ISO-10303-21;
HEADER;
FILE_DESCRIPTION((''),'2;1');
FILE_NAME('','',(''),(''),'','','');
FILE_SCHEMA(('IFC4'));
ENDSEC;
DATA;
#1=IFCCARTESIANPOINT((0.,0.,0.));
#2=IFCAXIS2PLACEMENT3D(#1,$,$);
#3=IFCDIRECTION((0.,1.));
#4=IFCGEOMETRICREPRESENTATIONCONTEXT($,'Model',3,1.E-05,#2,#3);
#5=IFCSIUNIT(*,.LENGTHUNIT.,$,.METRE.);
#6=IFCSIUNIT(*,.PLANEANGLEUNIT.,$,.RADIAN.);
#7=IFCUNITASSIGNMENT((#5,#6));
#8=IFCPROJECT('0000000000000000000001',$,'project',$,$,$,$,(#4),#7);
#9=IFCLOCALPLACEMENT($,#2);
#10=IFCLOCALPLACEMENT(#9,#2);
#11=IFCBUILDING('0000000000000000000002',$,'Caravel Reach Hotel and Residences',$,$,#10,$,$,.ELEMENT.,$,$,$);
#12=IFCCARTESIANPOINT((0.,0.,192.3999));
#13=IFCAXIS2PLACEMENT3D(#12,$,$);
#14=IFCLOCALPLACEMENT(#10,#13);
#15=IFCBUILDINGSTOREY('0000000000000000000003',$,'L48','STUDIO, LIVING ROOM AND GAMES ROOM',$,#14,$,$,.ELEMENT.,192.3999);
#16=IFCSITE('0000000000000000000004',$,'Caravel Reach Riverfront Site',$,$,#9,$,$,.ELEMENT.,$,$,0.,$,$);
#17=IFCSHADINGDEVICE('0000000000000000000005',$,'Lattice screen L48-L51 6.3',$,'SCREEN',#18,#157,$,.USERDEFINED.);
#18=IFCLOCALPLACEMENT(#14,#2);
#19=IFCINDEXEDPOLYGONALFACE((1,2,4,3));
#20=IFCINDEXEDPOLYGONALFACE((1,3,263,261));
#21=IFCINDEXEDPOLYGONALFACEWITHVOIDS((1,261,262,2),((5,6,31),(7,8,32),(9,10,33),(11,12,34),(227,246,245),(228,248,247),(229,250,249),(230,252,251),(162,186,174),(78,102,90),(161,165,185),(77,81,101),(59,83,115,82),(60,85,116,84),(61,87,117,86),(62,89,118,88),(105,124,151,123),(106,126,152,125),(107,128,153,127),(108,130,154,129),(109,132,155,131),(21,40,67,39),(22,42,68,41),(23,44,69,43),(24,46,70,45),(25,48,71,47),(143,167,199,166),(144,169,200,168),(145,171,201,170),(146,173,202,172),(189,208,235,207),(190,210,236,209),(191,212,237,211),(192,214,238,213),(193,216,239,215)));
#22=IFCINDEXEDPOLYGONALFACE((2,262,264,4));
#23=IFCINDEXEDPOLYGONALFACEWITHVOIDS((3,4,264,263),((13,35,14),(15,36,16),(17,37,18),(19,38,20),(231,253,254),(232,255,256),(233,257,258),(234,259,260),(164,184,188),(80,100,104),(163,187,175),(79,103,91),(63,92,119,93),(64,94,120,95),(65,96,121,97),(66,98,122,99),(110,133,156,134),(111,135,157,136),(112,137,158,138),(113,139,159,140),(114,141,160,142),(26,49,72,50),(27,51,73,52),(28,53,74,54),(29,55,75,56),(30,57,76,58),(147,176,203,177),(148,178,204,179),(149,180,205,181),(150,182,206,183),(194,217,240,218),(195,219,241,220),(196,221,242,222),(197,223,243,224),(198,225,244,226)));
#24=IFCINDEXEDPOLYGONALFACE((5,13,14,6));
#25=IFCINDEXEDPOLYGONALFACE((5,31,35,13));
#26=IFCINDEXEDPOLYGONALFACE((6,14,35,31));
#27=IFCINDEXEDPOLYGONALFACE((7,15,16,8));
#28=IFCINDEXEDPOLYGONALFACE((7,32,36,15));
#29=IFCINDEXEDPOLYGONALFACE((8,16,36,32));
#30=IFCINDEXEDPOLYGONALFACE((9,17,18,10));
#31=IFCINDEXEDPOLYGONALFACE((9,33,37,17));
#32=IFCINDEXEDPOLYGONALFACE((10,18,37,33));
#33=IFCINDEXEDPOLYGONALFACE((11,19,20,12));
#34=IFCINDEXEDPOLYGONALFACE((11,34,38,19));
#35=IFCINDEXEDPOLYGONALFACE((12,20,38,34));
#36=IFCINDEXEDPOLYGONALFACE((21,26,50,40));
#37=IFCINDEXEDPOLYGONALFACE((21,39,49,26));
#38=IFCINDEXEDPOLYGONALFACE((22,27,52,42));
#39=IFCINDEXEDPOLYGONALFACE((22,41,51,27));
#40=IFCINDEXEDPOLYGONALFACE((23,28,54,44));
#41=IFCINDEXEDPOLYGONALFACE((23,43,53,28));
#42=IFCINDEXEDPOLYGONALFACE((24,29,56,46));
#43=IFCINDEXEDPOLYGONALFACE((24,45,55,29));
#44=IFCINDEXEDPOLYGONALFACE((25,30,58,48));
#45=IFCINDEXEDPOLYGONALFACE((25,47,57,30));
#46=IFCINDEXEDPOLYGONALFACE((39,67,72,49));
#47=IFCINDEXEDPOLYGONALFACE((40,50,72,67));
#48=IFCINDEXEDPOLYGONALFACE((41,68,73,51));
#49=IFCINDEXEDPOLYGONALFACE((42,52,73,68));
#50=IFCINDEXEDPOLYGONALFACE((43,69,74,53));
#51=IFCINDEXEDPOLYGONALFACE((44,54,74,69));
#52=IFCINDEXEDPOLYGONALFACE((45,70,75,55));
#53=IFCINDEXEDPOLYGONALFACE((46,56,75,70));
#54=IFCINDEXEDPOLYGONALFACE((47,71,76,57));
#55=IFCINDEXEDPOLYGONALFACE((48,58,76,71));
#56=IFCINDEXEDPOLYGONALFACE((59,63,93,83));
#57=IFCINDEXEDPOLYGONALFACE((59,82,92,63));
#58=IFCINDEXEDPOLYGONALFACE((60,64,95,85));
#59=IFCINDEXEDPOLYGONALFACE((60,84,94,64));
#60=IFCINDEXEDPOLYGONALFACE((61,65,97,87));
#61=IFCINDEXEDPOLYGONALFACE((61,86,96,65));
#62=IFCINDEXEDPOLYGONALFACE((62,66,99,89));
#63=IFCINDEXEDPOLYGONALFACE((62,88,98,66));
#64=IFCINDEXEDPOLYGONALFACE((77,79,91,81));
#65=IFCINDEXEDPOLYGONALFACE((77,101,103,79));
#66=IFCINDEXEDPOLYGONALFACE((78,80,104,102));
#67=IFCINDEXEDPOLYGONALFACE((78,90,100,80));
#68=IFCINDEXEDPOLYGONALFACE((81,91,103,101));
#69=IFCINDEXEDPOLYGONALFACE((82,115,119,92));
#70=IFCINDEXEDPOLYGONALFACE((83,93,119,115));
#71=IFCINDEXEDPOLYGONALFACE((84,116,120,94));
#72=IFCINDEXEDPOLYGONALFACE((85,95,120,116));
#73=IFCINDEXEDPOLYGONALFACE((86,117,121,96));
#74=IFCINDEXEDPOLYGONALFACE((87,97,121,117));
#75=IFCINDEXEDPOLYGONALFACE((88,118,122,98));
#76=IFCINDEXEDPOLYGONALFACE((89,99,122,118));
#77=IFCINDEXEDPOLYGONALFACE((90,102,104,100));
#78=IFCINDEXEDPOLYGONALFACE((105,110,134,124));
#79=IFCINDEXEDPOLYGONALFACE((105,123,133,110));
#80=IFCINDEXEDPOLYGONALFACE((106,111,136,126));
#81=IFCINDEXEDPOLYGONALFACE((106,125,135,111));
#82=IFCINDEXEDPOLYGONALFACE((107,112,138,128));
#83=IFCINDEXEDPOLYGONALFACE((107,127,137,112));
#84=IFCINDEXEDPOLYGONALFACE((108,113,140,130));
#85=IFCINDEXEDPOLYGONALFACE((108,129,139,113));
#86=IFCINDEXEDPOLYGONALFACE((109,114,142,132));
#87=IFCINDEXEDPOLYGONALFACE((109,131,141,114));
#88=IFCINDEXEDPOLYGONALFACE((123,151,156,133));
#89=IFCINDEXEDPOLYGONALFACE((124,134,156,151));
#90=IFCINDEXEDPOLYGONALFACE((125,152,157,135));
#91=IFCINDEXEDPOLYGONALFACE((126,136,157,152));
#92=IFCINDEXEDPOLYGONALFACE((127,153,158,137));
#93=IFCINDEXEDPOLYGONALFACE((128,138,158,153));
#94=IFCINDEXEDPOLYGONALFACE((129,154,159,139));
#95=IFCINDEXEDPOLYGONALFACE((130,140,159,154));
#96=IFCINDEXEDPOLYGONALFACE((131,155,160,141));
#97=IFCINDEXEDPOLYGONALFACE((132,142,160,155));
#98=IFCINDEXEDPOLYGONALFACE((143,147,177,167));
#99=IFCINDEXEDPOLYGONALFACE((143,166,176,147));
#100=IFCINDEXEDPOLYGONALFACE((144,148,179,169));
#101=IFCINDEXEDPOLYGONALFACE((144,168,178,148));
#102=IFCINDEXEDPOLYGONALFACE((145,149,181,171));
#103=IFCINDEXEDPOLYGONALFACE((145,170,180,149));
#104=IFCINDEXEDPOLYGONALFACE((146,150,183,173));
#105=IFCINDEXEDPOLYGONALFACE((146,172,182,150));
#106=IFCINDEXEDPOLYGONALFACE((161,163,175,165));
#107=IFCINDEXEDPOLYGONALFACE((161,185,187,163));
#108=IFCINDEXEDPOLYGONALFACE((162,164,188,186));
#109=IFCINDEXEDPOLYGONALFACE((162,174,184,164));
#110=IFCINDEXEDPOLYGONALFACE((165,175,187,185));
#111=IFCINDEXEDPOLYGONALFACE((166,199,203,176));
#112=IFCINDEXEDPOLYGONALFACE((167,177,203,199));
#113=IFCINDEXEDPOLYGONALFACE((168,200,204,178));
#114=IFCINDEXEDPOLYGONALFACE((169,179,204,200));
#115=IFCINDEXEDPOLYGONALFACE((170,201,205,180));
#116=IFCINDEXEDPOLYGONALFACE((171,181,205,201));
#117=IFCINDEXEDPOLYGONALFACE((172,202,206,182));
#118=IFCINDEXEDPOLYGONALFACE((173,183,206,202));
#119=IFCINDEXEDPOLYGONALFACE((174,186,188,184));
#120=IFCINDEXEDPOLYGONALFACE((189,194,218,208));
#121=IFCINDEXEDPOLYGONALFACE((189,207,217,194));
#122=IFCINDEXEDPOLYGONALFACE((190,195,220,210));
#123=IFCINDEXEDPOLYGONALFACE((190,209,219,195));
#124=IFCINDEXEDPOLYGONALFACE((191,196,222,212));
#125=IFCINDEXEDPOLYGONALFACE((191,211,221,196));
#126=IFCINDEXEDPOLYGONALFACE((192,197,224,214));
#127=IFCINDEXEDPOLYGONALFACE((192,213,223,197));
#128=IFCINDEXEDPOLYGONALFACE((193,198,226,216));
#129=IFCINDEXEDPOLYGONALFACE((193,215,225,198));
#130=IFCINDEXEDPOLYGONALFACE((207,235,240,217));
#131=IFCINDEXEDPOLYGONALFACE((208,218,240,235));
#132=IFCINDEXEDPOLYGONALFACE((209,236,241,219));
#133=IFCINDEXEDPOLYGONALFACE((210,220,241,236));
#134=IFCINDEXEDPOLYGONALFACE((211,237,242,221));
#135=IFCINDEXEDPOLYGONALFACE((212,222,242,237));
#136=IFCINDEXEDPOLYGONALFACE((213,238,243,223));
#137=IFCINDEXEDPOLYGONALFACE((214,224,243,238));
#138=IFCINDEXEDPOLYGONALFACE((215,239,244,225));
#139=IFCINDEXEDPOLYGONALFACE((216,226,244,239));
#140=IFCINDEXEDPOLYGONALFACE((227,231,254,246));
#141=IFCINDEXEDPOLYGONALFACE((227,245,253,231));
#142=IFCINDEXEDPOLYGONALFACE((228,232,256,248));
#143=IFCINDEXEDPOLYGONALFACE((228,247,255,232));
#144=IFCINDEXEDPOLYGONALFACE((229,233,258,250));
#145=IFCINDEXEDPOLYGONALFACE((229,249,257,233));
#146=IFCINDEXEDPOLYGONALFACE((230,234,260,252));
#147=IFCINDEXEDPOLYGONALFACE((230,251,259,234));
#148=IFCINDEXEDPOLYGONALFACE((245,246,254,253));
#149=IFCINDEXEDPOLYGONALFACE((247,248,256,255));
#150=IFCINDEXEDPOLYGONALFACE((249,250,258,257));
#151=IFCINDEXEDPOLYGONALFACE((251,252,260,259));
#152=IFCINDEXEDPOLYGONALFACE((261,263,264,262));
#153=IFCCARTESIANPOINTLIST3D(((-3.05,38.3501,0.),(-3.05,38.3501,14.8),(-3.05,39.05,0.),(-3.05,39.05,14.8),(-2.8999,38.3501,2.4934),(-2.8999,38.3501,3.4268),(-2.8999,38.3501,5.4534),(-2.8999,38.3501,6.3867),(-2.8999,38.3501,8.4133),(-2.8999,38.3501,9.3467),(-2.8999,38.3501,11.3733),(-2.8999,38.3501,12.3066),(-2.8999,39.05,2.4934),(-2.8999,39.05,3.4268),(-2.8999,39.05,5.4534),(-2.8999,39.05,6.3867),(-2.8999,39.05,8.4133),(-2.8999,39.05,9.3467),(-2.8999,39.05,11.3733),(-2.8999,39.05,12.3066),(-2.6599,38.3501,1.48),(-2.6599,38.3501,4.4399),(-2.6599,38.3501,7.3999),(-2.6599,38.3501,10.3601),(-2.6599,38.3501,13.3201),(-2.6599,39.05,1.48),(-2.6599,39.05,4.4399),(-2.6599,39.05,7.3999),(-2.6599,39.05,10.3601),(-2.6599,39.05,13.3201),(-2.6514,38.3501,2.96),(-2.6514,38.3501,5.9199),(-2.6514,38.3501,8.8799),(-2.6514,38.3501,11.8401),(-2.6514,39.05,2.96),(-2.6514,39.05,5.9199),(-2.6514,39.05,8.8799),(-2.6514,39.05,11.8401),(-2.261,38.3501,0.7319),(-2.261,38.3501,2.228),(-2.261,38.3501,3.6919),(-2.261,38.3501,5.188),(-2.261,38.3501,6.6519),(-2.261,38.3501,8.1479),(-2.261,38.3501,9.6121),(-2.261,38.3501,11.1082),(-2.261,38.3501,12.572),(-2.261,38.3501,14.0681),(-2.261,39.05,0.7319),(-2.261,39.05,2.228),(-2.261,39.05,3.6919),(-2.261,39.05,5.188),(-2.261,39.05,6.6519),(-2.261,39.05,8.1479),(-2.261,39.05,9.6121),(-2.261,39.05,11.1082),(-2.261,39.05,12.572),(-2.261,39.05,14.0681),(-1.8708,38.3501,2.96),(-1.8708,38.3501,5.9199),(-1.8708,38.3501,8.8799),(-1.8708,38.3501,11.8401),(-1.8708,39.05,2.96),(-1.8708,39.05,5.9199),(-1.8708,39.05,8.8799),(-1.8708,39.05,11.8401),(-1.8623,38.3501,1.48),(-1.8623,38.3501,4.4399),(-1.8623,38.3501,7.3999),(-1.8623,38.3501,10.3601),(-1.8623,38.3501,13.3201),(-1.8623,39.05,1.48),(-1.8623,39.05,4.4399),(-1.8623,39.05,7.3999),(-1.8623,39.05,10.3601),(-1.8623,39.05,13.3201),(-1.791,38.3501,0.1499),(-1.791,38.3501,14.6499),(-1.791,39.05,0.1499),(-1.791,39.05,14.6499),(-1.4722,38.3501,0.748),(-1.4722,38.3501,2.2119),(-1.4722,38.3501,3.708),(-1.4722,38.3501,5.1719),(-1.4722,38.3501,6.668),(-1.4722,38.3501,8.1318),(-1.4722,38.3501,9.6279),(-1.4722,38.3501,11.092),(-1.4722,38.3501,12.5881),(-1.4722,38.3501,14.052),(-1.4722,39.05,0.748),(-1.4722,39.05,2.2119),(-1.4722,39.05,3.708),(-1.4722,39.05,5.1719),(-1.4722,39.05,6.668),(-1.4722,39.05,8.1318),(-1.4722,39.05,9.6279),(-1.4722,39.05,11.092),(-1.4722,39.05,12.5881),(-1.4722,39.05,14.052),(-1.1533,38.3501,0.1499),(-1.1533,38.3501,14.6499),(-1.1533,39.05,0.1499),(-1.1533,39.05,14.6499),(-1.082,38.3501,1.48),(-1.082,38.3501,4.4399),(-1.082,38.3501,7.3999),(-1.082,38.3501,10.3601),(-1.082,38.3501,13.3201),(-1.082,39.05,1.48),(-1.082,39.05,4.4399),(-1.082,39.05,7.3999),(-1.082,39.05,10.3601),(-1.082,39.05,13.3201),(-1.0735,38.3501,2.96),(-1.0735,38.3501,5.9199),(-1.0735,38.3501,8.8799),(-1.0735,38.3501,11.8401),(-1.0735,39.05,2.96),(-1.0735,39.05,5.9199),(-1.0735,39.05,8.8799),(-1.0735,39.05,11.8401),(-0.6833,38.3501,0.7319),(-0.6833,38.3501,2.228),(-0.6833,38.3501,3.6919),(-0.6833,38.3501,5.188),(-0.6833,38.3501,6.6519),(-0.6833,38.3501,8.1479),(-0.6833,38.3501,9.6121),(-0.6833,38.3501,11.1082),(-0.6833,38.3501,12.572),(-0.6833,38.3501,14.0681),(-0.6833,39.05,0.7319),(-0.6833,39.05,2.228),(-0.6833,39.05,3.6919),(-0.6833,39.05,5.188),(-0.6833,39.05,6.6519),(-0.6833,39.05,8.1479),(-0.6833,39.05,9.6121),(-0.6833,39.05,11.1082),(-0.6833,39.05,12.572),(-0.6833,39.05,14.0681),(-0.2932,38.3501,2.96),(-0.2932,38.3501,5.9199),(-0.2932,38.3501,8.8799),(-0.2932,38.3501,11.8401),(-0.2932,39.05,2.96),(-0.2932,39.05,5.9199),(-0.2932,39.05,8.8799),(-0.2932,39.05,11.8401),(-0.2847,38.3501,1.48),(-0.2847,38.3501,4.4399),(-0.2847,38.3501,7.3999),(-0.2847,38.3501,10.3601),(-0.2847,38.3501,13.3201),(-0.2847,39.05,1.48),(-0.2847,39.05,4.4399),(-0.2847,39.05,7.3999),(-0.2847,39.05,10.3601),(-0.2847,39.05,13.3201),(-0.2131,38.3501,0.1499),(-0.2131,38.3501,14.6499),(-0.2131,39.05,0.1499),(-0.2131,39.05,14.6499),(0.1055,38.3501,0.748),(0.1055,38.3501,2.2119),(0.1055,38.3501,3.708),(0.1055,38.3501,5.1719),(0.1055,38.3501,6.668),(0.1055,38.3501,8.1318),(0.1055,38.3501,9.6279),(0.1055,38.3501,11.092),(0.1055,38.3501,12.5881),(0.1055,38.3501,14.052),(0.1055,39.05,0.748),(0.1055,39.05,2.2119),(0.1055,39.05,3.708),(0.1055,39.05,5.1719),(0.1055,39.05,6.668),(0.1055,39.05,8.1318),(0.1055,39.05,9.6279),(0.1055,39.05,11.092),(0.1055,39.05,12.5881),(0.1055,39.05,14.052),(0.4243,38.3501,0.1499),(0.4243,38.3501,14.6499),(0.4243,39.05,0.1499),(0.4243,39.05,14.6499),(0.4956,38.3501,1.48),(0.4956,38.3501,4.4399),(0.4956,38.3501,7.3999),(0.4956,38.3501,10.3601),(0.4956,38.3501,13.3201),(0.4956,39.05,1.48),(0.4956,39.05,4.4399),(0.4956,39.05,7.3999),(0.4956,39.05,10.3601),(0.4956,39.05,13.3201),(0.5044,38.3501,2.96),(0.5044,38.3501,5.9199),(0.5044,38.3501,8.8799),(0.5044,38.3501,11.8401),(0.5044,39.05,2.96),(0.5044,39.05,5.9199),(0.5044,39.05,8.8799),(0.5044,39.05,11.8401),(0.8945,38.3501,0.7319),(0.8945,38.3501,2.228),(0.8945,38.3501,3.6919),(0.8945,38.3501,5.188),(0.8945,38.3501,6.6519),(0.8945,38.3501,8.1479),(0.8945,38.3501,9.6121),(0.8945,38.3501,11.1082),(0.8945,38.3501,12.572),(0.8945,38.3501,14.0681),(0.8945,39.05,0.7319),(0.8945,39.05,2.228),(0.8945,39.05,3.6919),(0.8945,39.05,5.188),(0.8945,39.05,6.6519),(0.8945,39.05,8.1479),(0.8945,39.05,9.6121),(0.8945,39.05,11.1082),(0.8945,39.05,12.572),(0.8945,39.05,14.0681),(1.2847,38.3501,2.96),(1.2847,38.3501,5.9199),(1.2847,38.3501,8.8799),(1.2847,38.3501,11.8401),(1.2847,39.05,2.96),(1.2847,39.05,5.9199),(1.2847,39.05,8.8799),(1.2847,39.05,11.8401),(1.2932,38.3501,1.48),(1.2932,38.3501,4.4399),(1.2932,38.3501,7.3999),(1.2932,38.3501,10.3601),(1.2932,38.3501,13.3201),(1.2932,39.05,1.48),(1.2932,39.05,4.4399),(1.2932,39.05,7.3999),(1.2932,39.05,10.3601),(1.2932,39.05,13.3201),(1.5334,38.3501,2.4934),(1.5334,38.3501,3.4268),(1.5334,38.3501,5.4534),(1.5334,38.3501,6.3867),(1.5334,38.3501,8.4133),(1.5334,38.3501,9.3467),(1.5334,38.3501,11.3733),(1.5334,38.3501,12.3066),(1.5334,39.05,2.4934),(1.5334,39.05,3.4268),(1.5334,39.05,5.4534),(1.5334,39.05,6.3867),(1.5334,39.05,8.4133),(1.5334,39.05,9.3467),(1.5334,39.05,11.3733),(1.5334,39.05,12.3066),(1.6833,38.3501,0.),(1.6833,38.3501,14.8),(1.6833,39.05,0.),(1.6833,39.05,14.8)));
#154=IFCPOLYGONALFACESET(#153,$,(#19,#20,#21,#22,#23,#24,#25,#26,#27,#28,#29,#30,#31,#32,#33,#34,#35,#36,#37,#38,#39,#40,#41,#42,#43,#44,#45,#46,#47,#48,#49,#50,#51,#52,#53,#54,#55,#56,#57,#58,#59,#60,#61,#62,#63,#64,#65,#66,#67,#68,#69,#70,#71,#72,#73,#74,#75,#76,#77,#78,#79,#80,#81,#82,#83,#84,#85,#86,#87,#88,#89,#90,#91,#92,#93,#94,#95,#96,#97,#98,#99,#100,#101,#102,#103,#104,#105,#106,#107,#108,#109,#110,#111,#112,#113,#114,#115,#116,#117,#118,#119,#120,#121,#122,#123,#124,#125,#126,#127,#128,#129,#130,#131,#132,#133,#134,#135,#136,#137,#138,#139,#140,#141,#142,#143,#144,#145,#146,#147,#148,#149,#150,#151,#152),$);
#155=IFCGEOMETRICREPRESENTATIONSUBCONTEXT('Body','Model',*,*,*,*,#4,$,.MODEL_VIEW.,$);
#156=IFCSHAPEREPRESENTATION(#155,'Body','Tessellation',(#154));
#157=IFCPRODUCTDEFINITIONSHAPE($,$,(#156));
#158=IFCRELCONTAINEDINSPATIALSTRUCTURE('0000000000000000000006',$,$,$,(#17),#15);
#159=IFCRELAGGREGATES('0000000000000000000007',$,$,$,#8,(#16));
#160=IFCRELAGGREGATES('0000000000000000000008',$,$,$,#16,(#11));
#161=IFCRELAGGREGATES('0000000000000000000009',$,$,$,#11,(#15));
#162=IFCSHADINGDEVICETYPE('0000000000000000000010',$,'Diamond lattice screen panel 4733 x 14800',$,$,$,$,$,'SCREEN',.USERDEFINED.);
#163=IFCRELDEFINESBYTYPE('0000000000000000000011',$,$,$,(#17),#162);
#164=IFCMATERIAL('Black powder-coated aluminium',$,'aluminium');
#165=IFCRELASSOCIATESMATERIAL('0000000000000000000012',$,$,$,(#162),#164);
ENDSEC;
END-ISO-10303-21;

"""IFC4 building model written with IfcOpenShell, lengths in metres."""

from ifc_helpers import new_model, si_unit, direction, frame, origin, place, context, subcontext, project, spatial, polyline, outline, extrude, material, type_object, element, save


model = new_model("IFC4")

# Units and contexts
model_context = context("Model", 3, precision=1e-05, world=origin(), true_north=direction((0.0, 1.0)))
body_context = subcontext(model_context, "Body", "Model", "MODEL_VIEW")
ifc_project = project(units=[si_unit("LENGTHUNIT", "METRE"), si_unit("PLANEANGLEUNIT", "RADIAN")], contexts=[model_context])

# Site, building, storey
site_placement = place(None, origin())
site = spatial("IfcSite", under=ifc_project, at=site_placement, Name="Caravel Reach Riverfront Site", CompositionType="ELEMENT", RefElevation=0.0)
building_placement = place(site_placement, origin())
building = spatial("IfcBuilding", under=site, at=building_placement, Name="Caravel Reach Hotel and Residences", CompositionType="ELEMENT")
storey_placement = place(building_placement, frame((0.0, 0.0, 192.3999)))
storey = spatial("IfcBuildingStorey", under=building, at=storey_placement, Name="L48", Description="STUDIO, LIVING ROOM AND GAMES ROOM", CompositionType="ELEMENT", Elevation=192.3999)

# Shading device
ifc_material_1 = material(Name="Black powder-coated aluminium", Category="aluminium")
shading_device_type_1 = type_object("IfcShadingDeviceType", Name="Diamond lattice screen panel 4733 x 14800", ElementType="SCREEN", PredefinedType="USERDEFINED", material=ifc_material_1)
shading_device_1_placement = place(storey_placement, frame((1.6833, 38.3501, 0.0), z_axis=(0.0, 1.0, 0.0), x_axis=(-1.0, 0.0, 0.0)))
element("IfcShadingDevice", 1, at=shading_device_1_placement, inside=storey, type_object=shading_device_type_1, Name="Lattice screen L48-L51 6.3", ObjectType="SCREEN", PredefinedType="USERDEFINED", context=body_context, shape_type="SweptSolid", body=[
    extrude(outline(polyline([(0.0, 0.0), (4.7334, 0.0), (4.7334, 14.8), (0.0, 14.8), (0.0, 0.0)]), holes=[polyline([(0.3987, 2.96), (0.1499, 3.4268), (0.1499, 2.4934), (0.3987, 2.96)]), polyline([(0.3987, 5.9199), (0.1499, 6.3867), (0.1499, 5.4534), (0.3987, 5.9199)]), polyline([(0.3987, 8.8799), (0.1499, 9.3467), (0.1499, 8.4133), (0.3987, 8.8799)]), polyline([(0.3987, 11.8401), (0.1499, 12.3066), (0.1499, 11.3733), (0.3987, 11.8401)]), polyline([(0.7888, 2.228), (0.3901, 1.48), (0.7888, 0.7319), (1.1877, 1.48), (0.7888, 2.228)]), polyline([(0.7888, 5.188), (0.3901, 4.4399), (0.7888, 3.6919), (1.1877, 4.4399), (0.7888, 5.188)]), polyline([(0.7888, 8.1479), (0.3901, 7.3999), (0.7888, 6.6519), (1.1877, 7.3999), (0.7888, 8.1479)]), polyline([(0.7888, 11.1082), (0.3901, 10.3601), (0.7888, 9.6121), (1.1877, 10.3601), (0.7888, 11.1082)]), polyline([(0.7888, 14.0681), (0.3901, 13.3201), (0.7888, 12.572), (1.1877, 13.3201), (0.7888, 14.0681)]), polyline([(1.5779, 0.748), (1.259, 0.1499), (1.8965, 0.1499), (1.5779, 0.748)]), polyline([(1.5779, 3.708), (1.179, 2.96), (1.5779, 2.2119), (1.9766, 2.96), (1.5779, 3.708)]), polyline([(1.5779, 6.668), (1.179, 5.9199), (1.5779, 5.1719), (1.9766, 5.9199), (1.5779, 6.668)]), polyline([(1.5779, 9.6279), (1.179, 8.8799), (1.5779, 8.1318), (1.9766, 8.8799), (1.5779, 9.6279)]), polyline([(1.5779, 12.5881), (1.179, 11.8401), (1.5779, 11.092), (1.9766, 11.8401), (1.5779, 12.5881)]), polyline([(1.5779, 14.052), (1.8965, 14.6499), (1.259, 14.6499), (1.5779, 14.052)]), polyline([(2.3667, 2.228), (1.968, 1.48), (2.3667, 0.7319), (2.7654, 1.48), (2.3667, 2.228)]), polyline([(2.3667, 5.188), (1.968, 4.4399), (2.3667, 3.6919), (2.7654, 4.4399), (2.3667, 5.188)]), polyline([(2.3667, 8.1479), (1.968, 7.3999), (2.3667, 6.6519), (2.7654, 7.3999), (2.3667, 8.1479)]), polyline([(2.3667, 11.1082), (1.968, 10.3601), (2.3667, 9.6121), (2.7654, 10.3601), (2.3667, 11.1082)]), polyline([(2.3667, 14.0681), (1.968, 13.3201), (2.3667, 12.572), (2.7654, 13.3201), (2.3667, 14.0681)]), polyline([(3.1555, 0.748), (2.8367, 0.1499), (3.4744, 0.1499), (3.1555, 0.748)]), polyline([(3.1555, 3.708), (2.7568, 2.96), (3.1555, 2.2119), (3.5542, 2.96), (3.1555, 3.708)]), polyline([(3.1555, 6.668), (2.7568, 5.9199), (3.1555, 5.1719), (3.5542, 5.9199), (3.1555, 6.668)]), polyline([(3.1555, 9.6279), (2.7568, 8.8799), (3.1555, 8.1318), (3.5542, 8.8799), (3.1555, 9.6279)]), polyline([(3.1555, 12.5881), (2.7568, 11.8401), (3.1555, 11.092), (3.5542, 11.8401), (3.1555, 12.5881)]), polyline([(3.1555, 14.052), (3.4744, 14.6499), (2.8367, 14.6499), (3.1555, 14.052)]), polyline([(3.9443, 2.228), (3.5457, 1.48), (3.9443, 0.7319), (4.3433, 1.48), (3.9443, 2.228)]), polyline([(3.9443, 5.188), (3.5457, 4.4399), (3.9443, 3.6919), (4.3433, 4.4399), (3.9443, 5.188)]), polyline([(3.9443, 8.1479), (3.5457, 7.3999), (3.9443, 6.6519), (4.3433, 7.3999), (3.9443, 8.1479)]), polyline([(3.9443, 11.1082), (3.5457, 10.3601), (3.9443, 9.6121), (4.3433, 10.3601), (3.9443, 11.1082)]), polyline([(3.9443, 14.0681), (3.5457, 13.3201), (3.9443, 12.572), (4.3433, 13.3201), (3.9443, 14.0681)]), polyline([(4.3347, 2.96), (4.5833, 2.4934), (4.5833, 3.4268), (4.3347, 2.96)]), polyline([(4.3347, 5.9199), (4.5833, 5.4534), (4.5833, 6.3867), (4.3347, 5.9199)]), polyline([(4.3347, 8.8799), (4.5833, 8.4133), (4.5833, 9.3467), (4.3347, 8.8799)]), polyline([(4.3347, 11.8401), (4.5833, 11.3733), (4.5833, 12.3066), (4.3347, 11.8401)])]), origin(), (0.0, 0.0, 1.0), 0.7),
])

save(model, "model.ifc")
